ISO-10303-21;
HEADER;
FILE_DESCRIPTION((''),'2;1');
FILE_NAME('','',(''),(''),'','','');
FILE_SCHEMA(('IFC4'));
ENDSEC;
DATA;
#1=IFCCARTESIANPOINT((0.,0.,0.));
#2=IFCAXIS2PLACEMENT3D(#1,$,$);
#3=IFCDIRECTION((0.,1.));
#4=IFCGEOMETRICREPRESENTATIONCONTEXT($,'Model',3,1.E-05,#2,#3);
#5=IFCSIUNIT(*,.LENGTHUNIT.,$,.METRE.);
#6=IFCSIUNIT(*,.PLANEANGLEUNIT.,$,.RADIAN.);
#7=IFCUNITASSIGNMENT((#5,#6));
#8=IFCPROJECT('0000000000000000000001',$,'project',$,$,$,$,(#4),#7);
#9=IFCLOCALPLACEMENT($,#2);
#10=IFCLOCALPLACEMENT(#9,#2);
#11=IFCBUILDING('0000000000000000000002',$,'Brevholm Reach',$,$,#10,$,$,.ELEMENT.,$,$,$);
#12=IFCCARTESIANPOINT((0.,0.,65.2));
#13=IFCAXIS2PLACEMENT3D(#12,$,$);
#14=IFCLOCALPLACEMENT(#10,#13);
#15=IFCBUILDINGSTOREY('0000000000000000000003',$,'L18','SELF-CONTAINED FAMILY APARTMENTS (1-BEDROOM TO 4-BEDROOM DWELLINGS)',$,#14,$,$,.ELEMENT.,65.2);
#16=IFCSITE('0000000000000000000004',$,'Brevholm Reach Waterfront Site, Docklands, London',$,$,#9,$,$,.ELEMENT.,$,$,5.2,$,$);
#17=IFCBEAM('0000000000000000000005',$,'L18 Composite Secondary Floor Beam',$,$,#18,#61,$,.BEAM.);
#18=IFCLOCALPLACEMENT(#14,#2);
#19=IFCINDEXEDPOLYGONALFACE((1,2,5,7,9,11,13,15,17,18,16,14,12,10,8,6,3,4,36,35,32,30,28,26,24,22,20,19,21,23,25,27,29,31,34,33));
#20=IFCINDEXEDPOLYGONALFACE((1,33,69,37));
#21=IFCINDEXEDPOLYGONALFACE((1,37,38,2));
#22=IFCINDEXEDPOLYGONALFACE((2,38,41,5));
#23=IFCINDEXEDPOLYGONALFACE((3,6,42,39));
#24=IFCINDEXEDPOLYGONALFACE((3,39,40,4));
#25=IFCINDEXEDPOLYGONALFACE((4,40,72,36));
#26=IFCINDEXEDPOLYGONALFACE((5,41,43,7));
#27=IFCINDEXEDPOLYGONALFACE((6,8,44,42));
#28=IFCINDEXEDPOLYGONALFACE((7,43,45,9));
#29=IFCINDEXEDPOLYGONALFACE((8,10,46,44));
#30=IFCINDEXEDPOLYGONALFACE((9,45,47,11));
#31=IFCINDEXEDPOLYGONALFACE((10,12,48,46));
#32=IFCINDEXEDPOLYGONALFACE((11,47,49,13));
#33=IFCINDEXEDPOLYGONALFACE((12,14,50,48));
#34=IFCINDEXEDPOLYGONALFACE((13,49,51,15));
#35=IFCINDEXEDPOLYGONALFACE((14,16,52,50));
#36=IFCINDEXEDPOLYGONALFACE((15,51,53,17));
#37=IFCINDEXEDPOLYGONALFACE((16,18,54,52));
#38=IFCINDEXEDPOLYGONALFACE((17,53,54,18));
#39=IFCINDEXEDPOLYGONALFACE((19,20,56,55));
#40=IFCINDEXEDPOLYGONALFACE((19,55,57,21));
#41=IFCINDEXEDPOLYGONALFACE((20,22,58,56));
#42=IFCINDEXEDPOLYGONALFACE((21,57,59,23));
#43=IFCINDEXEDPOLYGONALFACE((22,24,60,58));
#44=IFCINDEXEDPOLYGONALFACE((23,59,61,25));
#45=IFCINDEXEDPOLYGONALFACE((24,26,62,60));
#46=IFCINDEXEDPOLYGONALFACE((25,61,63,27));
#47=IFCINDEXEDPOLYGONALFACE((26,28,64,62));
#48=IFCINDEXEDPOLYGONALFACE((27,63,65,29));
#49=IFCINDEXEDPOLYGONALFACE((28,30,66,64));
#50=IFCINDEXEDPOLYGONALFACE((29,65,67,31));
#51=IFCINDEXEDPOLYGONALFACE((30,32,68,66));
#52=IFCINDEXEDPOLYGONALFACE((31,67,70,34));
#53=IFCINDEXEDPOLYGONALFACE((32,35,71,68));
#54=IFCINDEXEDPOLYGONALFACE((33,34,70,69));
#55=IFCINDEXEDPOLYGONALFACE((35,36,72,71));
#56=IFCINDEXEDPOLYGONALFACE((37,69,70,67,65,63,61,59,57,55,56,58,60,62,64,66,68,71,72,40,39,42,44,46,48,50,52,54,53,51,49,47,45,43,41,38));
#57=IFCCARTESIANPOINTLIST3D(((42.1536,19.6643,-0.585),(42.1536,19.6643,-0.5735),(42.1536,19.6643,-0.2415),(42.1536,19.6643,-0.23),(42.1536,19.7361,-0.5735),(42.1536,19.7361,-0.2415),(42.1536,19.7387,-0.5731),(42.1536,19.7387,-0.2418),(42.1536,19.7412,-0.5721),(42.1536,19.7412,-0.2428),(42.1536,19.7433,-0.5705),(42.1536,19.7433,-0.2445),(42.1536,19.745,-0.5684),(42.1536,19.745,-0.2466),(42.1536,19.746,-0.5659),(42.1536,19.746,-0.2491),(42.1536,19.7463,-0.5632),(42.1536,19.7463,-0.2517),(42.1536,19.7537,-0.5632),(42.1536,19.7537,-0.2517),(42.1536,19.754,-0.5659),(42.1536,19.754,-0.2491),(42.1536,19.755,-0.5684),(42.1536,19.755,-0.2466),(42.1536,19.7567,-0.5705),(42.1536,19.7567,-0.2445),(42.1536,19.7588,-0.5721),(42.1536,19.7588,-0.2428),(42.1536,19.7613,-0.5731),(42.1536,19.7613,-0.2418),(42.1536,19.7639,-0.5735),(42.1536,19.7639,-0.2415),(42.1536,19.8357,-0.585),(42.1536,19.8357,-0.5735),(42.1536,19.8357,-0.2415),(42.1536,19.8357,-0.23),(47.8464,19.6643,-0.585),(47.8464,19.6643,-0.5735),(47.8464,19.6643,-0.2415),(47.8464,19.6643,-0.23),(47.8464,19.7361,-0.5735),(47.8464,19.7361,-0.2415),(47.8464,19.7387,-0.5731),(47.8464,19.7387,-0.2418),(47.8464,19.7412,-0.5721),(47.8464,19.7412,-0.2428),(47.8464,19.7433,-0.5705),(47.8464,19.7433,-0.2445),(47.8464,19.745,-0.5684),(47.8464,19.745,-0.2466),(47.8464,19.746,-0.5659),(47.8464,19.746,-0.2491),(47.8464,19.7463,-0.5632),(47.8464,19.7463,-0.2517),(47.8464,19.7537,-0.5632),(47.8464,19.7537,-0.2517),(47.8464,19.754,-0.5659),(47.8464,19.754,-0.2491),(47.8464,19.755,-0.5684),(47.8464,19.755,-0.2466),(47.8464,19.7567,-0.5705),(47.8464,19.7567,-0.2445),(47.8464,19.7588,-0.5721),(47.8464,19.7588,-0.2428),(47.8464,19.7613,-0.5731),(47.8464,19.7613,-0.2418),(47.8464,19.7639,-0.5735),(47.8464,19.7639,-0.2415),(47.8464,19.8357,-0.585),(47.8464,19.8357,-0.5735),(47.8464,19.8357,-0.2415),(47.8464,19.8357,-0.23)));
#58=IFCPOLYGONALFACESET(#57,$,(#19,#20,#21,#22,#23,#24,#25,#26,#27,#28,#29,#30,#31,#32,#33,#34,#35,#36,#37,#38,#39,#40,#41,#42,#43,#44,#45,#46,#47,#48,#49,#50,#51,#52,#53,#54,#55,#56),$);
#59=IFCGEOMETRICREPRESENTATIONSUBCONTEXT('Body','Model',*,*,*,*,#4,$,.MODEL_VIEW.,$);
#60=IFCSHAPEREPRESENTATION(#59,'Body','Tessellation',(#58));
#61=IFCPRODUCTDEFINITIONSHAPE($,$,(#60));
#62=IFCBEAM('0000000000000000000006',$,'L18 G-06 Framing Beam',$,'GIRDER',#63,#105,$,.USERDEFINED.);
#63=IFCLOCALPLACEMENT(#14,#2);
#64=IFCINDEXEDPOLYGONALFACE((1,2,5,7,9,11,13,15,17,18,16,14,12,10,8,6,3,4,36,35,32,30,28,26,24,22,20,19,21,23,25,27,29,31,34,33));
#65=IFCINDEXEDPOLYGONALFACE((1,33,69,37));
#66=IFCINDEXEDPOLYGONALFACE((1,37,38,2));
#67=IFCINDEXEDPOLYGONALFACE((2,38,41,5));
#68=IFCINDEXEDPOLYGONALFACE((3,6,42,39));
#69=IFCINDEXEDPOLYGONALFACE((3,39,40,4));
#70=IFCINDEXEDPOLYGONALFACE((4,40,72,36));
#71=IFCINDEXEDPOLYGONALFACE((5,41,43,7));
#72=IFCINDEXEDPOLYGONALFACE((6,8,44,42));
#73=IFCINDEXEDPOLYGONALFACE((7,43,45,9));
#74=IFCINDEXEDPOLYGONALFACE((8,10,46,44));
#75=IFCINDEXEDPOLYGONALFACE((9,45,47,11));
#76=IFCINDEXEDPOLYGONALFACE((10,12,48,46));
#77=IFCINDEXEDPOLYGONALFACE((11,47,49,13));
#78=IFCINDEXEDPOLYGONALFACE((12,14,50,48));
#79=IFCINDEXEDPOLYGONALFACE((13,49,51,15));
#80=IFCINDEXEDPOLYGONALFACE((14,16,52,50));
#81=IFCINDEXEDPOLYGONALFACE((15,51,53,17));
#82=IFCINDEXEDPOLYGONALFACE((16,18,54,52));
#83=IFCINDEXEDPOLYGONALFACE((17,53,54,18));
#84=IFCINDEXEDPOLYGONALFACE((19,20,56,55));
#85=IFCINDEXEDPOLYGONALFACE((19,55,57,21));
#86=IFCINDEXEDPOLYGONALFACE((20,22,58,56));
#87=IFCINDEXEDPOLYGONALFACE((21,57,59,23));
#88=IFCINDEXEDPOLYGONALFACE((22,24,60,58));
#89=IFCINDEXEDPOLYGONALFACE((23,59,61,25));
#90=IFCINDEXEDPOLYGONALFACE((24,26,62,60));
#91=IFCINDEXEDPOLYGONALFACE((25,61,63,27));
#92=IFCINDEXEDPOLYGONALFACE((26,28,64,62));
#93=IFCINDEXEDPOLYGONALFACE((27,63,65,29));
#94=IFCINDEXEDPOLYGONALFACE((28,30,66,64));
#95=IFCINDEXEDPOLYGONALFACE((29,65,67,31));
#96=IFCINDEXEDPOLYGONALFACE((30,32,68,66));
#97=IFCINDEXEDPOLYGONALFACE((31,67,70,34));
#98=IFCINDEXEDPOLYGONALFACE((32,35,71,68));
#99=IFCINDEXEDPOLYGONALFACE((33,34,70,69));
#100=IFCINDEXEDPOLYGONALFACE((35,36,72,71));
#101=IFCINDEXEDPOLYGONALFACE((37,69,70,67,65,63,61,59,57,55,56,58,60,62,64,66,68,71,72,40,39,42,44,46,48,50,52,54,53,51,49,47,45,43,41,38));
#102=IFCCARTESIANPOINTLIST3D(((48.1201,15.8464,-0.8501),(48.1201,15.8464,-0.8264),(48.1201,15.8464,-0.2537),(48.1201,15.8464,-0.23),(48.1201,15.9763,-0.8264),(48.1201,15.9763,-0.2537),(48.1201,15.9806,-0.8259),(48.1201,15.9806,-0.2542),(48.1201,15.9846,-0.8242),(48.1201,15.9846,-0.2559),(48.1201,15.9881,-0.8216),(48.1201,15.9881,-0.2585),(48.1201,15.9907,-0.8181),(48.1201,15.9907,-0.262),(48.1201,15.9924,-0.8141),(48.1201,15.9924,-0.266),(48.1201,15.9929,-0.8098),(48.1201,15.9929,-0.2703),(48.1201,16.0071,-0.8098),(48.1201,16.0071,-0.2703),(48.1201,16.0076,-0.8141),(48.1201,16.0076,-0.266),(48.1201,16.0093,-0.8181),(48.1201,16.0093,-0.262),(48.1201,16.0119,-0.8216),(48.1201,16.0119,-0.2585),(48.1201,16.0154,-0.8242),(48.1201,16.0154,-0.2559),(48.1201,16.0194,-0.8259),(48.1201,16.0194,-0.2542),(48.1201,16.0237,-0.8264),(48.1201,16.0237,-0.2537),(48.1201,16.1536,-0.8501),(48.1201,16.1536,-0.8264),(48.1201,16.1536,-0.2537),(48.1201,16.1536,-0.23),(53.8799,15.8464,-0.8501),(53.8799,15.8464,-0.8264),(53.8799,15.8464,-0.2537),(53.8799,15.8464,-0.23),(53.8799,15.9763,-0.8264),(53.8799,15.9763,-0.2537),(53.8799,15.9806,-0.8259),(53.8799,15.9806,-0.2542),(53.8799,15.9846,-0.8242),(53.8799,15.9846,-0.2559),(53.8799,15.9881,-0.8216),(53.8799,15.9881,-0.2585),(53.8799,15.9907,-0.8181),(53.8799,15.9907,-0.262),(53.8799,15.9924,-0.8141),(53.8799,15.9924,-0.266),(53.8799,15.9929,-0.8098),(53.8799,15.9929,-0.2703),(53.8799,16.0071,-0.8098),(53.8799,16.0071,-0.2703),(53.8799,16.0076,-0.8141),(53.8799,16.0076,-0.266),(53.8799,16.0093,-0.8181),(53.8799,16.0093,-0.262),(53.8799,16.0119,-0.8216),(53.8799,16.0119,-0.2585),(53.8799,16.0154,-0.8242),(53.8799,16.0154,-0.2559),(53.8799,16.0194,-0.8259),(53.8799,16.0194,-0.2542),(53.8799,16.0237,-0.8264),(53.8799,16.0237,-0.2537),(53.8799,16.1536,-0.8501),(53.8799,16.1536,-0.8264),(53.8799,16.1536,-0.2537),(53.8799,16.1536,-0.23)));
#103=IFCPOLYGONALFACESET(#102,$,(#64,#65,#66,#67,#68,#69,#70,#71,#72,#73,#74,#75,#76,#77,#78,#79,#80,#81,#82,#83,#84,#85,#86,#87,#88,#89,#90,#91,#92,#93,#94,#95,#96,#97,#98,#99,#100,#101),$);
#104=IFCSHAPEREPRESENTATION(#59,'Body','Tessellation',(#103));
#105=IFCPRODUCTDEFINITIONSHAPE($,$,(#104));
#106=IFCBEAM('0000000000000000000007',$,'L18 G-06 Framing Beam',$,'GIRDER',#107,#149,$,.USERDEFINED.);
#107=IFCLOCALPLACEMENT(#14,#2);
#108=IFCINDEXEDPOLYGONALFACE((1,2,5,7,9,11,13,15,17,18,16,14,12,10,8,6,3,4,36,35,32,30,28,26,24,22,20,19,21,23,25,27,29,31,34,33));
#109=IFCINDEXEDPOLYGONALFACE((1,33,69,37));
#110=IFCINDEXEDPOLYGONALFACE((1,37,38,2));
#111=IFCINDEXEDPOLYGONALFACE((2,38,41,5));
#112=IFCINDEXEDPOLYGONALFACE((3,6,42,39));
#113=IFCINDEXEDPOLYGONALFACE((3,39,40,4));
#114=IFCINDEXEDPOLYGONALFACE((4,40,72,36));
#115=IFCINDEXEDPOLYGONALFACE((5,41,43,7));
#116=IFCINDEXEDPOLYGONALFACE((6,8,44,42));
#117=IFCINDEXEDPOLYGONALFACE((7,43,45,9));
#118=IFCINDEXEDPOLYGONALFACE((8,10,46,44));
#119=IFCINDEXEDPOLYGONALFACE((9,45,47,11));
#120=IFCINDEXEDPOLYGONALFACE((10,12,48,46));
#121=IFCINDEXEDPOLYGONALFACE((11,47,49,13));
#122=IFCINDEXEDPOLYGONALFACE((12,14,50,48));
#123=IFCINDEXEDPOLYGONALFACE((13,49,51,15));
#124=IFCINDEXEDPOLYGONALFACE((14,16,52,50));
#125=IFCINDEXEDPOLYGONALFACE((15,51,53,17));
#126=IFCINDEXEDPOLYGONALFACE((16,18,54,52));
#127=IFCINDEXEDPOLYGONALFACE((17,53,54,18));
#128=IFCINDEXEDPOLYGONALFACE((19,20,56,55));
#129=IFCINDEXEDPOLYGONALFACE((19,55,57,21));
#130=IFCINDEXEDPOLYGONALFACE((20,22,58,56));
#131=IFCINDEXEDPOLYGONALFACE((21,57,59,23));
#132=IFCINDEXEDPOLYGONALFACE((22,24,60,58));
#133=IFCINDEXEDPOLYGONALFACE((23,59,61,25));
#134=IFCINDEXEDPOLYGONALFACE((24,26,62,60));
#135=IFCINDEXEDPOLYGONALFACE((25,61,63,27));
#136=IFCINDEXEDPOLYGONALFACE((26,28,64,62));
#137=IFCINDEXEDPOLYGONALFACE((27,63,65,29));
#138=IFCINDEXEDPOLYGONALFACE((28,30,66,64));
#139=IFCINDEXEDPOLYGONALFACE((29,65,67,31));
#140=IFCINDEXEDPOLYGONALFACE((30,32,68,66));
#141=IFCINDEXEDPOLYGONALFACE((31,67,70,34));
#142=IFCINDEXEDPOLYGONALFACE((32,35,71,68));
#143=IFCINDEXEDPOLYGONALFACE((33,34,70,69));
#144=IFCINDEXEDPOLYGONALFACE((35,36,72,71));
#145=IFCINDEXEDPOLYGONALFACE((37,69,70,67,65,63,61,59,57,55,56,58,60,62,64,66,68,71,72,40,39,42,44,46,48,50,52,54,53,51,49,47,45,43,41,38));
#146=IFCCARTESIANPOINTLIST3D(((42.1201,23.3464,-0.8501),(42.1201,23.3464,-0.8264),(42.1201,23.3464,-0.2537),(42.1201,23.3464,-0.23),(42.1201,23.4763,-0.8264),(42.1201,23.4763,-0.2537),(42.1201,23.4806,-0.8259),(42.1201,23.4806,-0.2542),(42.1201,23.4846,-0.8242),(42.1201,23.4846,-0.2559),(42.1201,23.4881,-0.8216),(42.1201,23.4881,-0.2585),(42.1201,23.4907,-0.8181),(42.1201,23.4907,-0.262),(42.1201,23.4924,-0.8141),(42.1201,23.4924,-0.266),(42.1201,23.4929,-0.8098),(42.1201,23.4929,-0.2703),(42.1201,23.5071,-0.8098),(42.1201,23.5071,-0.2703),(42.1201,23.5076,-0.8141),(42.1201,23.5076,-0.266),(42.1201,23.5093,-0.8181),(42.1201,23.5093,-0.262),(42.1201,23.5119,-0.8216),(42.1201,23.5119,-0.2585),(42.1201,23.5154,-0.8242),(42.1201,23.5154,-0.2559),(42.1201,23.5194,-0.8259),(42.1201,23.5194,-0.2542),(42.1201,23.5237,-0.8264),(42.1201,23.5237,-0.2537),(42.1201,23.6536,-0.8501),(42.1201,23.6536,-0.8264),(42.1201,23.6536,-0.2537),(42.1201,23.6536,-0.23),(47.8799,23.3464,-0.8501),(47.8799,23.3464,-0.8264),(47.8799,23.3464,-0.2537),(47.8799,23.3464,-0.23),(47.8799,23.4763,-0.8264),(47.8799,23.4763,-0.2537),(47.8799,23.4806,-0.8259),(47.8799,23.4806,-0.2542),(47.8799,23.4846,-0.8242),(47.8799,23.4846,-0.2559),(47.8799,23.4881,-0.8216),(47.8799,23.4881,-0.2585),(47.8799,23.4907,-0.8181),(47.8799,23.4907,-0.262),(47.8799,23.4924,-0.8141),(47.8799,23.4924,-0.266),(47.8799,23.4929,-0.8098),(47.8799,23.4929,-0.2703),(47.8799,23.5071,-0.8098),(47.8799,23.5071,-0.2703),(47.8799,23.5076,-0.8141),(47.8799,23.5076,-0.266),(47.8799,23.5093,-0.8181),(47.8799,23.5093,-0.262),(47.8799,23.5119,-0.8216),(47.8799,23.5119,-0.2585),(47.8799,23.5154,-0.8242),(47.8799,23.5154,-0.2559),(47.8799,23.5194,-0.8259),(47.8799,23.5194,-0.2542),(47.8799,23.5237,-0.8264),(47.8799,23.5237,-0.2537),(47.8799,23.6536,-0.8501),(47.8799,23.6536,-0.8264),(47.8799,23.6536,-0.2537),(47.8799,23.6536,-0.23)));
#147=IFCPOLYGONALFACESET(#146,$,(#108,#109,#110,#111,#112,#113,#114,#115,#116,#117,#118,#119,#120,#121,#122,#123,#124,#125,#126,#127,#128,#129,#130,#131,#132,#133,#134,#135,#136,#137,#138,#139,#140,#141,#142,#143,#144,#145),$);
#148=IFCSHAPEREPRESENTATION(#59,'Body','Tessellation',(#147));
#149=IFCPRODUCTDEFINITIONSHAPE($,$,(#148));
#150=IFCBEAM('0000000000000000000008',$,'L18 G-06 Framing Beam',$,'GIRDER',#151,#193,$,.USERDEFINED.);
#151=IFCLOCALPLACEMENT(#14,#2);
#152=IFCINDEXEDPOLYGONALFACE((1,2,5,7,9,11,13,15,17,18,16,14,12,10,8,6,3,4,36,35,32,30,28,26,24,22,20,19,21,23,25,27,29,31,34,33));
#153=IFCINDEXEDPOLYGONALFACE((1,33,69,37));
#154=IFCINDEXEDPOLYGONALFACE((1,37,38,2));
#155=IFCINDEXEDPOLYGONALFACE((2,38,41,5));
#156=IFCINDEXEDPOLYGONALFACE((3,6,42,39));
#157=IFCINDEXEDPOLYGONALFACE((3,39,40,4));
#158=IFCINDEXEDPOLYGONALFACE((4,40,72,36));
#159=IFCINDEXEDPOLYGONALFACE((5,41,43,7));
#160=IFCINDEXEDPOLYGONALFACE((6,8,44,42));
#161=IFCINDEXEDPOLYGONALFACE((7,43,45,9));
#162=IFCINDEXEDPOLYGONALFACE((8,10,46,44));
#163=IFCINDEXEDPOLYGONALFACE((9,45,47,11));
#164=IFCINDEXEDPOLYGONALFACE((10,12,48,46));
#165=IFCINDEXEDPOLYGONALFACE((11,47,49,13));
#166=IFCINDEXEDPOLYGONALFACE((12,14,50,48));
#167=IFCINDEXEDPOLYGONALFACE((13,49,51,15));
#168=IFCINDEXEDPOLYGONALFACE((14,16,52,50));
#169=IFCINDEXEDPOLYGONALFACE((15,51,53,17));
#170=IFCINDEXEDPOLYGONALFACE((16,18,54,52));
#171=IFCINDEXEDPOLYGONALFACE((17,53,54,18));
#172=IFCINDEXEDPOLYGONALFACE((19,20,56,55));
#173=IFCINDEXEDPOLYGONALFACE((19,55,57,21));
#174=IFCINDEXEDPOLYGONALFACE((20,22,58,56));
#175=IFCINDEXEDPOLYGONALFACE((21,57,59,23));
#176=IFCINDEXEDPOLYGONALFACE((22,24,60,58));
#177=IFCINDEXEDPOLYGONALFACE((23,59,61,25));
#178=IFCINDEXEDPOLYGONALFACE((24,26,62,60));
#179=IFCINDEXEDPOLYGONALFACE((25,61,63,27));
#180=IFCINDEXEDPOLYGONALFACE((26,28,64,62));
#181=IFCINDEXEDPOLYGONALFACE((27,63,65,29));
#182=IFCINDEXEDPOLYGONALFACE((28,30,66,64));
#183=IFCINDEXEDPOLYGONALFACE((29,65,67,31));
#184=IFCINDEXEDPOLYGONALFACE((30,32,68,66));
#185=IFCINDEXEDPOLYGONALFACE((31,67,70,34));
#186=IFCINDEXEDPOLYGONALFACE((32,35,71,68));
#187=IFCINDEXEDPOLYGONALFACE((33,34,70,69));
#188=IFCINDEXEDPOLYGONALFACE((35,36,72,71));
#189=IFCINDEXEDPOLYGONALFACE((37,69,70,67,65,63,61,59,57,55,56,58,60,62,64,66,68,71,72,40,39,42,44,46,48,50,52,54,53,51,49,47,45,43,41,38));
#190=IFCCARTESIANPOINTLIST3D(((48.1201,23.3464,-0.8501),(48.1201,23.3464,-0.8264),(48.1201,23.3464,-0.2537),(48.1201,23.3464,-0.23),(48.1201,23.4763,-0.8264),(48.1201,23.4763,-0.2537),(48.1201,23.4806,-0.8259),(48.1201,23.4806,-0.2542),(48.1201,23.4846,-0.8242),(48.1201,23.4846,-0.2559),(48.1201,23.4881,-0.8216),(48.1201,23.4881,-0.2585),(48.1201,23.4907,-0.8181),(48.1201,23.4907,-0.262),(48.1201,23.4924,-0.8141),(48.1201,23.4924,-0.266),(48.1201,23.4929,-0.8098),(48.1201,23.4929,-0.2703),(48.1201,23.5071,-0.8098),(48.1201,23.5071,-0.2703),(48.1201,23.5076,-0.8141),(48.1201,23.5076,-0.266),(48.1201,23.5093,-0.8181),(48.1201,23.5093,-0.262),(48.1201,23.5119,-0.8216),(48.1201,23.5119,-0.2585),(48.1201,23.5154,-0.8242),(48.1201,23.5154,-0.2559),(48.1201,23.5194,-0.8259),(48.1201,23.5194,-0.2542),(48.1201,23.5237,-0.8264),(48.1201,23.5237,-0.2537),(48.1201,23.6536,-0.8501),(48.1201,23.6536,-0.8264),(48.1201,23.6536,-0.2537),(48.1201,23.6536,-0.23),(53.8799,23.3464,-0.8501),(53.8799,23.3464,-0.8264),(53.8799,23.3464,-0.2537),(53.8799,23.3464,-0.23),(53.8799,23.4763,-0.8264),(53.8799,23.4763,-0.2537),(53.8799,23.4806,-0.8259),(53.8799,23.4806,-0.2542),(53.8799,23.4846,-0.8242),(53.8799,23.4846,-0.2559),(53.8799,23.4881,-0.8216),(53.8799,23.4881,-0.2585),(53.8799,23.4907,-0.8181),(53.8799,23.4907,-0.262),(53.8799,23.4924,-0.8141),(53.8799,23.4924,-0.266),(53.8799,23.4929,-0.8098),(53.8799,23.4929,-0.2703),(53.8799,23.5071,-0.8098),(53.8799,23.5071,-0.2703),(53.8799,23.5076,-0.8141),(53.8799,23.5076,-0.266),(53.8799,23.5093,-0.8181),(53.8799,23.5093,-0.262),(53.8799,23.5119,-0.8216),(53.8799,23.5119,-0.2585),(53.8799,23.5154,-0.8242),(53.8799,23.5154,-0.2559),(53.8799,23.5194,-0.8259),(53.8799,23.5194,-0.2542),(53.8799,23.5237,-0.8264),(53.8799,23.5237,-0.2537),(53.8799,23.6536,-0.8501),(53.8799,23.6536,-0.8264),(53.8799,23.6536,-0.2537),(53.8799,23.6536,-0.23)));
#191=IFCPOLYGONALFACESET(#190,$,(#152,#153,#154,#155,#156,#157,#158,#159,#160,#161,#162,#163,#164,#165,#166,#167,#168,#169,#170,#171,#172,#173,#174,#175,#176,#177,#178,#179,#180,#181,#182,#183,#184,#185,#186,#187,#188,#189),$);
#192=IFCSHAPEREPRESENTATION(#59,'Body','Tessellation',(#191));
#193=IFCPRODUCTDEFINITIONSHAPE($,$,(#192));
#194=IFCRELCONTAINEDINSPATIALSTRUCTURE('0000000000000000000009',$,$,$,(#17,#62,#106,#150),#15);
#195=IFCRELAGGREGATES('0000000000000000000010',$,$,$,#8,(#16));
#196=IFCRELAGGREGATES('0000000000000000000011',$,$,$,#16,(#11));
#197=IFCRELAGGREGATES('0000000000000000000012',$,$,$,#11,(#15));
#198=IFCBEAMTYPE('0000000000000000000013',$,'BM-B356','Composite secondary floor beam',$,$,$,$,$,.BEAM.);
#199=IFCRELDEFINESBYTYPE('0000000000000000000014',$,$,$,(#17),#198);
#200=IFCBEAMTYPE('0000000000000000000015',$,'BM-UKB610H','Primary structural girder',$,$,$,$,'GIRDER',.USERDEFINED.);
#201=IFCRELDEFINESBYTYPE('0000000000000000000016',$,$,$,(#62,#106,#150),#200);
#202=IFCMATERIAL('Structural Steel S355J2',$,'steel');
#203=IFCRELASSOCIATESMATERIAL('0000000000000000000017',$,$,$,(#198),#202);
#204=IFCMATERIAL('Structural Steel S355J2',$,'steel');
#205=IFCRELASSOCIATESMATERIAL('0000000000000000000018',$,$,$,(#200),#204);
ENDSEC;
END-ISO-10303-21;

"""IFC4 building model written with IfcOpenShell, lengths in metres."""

from ifc_helpers import new_model, si_unit, direction, frame, origin, origin_2d, place, context, subcontext, project, spatial, i_section, extrude, material, material_profile, profile_set, type_object, element, save


model = new_model("IFC4")

# Units and contexts
model_context = context("Model", 3, precision=1e-05, world=origin(), true_north=direction((0.0, 1.0)))
body_context = subcontext(model_context, "Body", "Model", "MODEL_VIEW")
ifc_project = project(units=[si_unit("LENGTHUNIT", "METRE"), si_unit("PLANEANGLEUNIT", "RADIAN")], contexts=[model_context])

# Site, building, storey
site_placement = place(None, origin())
site = spatial("IfcSite", under=ifc_project, at=site_placement, Name="Brevholm Reach Waterfront Site, Docklands, London", CompositionType="ELEMENT", RefElevation=5.2)
building_placement = place(site_placement, origin())
building = spatial("IfcBuilding", under=site, at=building_placement, Name="Brevholm Reach", CompositionType="ELEMENT")
storey_placement = place(building_placement, frame((0.0, 0.0, 65.2)))
storey = spatial("IfcBuildingStorey", under=building, at=storey_placement, Name="L18", Description="SELF-CONTAINED FAMILY APARTMENTS (1-BEDROOM TO 4-BEDROOM DWELLINGS)", CompositionType="ELEMENT", Elevation=65.2)

# Beams
ifc_material_1 = material(Name="Structural Steel S355J2", Category="steel")
ifc_material_profile_1 = material_profile(ifc_material_1, i_section(OverallWidth=0.1714, OverallDepth=0.355, WebThickness=0.0073, FlangeThickness=0.0115, FilletRadius=0.0103, at=origin_2d()), Name="UKB 356x171x51")
ifc_profile_set_1 = profile_set([ifc_material_profile_1], Name="Structural Steel S355J2")
beam_type_1 = type_object("IfcBeamType", Name="BM-B356", Description="Composite secondary floor beam", PredefinedType="BEAM", material=ifc_profile_set_1)
beam_1_placement = place(storey_placement, frame((42.1536, 19.75, -0.4075), z_axis=(1.0, 0.0, 0.0), x_axis=(0.0, 1.0, 0.0)))
element("IfcBeam", 1, at=beam_1_placement, inside=storey, type_object=beam_type_1, Name="L18 Composite Secondary Floor Beam", PredefinedType="BEAM", context=body_context, shape_type="SweptSolid", body=[
    extrude(i_section(OverallWidth=0.1714, OverallDepth=0.355, WebThickness=0.0073, FlangeThickness=0.0115, FilletRadius=0.0103, at=origin_2d()), origin(), (0.0, 0.0, 1.0), 5.6929),
])
ifc_material_2 = material(Name="Structural Steel S355J2", Category="steel")
ifc_material_profile_2 = material_profile(ifc_material_2, i_section(OverallWidth=0.3071, OverallDepth=0.6201, WebThickness=0.0142, FlangeThickness=0.0237, FilletRadius=0.0166, at=origin_2d()), Name="UKB 610x305x179")
ifc_profile_set_2 = profile_set([ifc_material_profile_2], Name="Structural Steel S355J2")
beam_type_2 = type_object("IfcBeamType", Name="BM-UKB610H", Description="Primary structural girder", ElementType="GIRDER", PredefinedType="USERDEFINED", material=ifc_profile_set_2)
for number, where, z_axis, x_axis, name in (
    (2, (48.1201, 16.0, -0.54), (1.0, 0.0, 0.0), (0.0, 1.0, 0.0), "L18 G-06 Framing Beam"),
    (3, (42.1201, 23.5, -0.54), (1.0, 0.0, 0.0), (0.0, 1.0, 0.0), "L18 G-06 Framing Beam"),
    (4, (48.1201, 23.5, -0.54), (1.0, 0.0, 0.0), (0.0, 1.0, 0.0), "L18 G-06 Framing Beam"),
):
    element("IfcBeam", number, at=place(storey_placement, frame(where, z_axis=z_axis, x_axis=x_axis)), inside=storey, type_object=beam_type_2, Name=name, ObjectType="GIRDER", PredefinedType="USERDEFINED", context=body_context, shape_type="SweptSolid", body=[
        extrude(i_section(OverallWidth=0.3071, OverallDepth=0.6201, WebThickness=0.0142, FlangeThickness=0.0237, FilletRadius=0.0166, at=origin_2d()), origin(), (0.0, 0.0, 1.0), 5.7598),
    ])

save(model, "model.ifc")
